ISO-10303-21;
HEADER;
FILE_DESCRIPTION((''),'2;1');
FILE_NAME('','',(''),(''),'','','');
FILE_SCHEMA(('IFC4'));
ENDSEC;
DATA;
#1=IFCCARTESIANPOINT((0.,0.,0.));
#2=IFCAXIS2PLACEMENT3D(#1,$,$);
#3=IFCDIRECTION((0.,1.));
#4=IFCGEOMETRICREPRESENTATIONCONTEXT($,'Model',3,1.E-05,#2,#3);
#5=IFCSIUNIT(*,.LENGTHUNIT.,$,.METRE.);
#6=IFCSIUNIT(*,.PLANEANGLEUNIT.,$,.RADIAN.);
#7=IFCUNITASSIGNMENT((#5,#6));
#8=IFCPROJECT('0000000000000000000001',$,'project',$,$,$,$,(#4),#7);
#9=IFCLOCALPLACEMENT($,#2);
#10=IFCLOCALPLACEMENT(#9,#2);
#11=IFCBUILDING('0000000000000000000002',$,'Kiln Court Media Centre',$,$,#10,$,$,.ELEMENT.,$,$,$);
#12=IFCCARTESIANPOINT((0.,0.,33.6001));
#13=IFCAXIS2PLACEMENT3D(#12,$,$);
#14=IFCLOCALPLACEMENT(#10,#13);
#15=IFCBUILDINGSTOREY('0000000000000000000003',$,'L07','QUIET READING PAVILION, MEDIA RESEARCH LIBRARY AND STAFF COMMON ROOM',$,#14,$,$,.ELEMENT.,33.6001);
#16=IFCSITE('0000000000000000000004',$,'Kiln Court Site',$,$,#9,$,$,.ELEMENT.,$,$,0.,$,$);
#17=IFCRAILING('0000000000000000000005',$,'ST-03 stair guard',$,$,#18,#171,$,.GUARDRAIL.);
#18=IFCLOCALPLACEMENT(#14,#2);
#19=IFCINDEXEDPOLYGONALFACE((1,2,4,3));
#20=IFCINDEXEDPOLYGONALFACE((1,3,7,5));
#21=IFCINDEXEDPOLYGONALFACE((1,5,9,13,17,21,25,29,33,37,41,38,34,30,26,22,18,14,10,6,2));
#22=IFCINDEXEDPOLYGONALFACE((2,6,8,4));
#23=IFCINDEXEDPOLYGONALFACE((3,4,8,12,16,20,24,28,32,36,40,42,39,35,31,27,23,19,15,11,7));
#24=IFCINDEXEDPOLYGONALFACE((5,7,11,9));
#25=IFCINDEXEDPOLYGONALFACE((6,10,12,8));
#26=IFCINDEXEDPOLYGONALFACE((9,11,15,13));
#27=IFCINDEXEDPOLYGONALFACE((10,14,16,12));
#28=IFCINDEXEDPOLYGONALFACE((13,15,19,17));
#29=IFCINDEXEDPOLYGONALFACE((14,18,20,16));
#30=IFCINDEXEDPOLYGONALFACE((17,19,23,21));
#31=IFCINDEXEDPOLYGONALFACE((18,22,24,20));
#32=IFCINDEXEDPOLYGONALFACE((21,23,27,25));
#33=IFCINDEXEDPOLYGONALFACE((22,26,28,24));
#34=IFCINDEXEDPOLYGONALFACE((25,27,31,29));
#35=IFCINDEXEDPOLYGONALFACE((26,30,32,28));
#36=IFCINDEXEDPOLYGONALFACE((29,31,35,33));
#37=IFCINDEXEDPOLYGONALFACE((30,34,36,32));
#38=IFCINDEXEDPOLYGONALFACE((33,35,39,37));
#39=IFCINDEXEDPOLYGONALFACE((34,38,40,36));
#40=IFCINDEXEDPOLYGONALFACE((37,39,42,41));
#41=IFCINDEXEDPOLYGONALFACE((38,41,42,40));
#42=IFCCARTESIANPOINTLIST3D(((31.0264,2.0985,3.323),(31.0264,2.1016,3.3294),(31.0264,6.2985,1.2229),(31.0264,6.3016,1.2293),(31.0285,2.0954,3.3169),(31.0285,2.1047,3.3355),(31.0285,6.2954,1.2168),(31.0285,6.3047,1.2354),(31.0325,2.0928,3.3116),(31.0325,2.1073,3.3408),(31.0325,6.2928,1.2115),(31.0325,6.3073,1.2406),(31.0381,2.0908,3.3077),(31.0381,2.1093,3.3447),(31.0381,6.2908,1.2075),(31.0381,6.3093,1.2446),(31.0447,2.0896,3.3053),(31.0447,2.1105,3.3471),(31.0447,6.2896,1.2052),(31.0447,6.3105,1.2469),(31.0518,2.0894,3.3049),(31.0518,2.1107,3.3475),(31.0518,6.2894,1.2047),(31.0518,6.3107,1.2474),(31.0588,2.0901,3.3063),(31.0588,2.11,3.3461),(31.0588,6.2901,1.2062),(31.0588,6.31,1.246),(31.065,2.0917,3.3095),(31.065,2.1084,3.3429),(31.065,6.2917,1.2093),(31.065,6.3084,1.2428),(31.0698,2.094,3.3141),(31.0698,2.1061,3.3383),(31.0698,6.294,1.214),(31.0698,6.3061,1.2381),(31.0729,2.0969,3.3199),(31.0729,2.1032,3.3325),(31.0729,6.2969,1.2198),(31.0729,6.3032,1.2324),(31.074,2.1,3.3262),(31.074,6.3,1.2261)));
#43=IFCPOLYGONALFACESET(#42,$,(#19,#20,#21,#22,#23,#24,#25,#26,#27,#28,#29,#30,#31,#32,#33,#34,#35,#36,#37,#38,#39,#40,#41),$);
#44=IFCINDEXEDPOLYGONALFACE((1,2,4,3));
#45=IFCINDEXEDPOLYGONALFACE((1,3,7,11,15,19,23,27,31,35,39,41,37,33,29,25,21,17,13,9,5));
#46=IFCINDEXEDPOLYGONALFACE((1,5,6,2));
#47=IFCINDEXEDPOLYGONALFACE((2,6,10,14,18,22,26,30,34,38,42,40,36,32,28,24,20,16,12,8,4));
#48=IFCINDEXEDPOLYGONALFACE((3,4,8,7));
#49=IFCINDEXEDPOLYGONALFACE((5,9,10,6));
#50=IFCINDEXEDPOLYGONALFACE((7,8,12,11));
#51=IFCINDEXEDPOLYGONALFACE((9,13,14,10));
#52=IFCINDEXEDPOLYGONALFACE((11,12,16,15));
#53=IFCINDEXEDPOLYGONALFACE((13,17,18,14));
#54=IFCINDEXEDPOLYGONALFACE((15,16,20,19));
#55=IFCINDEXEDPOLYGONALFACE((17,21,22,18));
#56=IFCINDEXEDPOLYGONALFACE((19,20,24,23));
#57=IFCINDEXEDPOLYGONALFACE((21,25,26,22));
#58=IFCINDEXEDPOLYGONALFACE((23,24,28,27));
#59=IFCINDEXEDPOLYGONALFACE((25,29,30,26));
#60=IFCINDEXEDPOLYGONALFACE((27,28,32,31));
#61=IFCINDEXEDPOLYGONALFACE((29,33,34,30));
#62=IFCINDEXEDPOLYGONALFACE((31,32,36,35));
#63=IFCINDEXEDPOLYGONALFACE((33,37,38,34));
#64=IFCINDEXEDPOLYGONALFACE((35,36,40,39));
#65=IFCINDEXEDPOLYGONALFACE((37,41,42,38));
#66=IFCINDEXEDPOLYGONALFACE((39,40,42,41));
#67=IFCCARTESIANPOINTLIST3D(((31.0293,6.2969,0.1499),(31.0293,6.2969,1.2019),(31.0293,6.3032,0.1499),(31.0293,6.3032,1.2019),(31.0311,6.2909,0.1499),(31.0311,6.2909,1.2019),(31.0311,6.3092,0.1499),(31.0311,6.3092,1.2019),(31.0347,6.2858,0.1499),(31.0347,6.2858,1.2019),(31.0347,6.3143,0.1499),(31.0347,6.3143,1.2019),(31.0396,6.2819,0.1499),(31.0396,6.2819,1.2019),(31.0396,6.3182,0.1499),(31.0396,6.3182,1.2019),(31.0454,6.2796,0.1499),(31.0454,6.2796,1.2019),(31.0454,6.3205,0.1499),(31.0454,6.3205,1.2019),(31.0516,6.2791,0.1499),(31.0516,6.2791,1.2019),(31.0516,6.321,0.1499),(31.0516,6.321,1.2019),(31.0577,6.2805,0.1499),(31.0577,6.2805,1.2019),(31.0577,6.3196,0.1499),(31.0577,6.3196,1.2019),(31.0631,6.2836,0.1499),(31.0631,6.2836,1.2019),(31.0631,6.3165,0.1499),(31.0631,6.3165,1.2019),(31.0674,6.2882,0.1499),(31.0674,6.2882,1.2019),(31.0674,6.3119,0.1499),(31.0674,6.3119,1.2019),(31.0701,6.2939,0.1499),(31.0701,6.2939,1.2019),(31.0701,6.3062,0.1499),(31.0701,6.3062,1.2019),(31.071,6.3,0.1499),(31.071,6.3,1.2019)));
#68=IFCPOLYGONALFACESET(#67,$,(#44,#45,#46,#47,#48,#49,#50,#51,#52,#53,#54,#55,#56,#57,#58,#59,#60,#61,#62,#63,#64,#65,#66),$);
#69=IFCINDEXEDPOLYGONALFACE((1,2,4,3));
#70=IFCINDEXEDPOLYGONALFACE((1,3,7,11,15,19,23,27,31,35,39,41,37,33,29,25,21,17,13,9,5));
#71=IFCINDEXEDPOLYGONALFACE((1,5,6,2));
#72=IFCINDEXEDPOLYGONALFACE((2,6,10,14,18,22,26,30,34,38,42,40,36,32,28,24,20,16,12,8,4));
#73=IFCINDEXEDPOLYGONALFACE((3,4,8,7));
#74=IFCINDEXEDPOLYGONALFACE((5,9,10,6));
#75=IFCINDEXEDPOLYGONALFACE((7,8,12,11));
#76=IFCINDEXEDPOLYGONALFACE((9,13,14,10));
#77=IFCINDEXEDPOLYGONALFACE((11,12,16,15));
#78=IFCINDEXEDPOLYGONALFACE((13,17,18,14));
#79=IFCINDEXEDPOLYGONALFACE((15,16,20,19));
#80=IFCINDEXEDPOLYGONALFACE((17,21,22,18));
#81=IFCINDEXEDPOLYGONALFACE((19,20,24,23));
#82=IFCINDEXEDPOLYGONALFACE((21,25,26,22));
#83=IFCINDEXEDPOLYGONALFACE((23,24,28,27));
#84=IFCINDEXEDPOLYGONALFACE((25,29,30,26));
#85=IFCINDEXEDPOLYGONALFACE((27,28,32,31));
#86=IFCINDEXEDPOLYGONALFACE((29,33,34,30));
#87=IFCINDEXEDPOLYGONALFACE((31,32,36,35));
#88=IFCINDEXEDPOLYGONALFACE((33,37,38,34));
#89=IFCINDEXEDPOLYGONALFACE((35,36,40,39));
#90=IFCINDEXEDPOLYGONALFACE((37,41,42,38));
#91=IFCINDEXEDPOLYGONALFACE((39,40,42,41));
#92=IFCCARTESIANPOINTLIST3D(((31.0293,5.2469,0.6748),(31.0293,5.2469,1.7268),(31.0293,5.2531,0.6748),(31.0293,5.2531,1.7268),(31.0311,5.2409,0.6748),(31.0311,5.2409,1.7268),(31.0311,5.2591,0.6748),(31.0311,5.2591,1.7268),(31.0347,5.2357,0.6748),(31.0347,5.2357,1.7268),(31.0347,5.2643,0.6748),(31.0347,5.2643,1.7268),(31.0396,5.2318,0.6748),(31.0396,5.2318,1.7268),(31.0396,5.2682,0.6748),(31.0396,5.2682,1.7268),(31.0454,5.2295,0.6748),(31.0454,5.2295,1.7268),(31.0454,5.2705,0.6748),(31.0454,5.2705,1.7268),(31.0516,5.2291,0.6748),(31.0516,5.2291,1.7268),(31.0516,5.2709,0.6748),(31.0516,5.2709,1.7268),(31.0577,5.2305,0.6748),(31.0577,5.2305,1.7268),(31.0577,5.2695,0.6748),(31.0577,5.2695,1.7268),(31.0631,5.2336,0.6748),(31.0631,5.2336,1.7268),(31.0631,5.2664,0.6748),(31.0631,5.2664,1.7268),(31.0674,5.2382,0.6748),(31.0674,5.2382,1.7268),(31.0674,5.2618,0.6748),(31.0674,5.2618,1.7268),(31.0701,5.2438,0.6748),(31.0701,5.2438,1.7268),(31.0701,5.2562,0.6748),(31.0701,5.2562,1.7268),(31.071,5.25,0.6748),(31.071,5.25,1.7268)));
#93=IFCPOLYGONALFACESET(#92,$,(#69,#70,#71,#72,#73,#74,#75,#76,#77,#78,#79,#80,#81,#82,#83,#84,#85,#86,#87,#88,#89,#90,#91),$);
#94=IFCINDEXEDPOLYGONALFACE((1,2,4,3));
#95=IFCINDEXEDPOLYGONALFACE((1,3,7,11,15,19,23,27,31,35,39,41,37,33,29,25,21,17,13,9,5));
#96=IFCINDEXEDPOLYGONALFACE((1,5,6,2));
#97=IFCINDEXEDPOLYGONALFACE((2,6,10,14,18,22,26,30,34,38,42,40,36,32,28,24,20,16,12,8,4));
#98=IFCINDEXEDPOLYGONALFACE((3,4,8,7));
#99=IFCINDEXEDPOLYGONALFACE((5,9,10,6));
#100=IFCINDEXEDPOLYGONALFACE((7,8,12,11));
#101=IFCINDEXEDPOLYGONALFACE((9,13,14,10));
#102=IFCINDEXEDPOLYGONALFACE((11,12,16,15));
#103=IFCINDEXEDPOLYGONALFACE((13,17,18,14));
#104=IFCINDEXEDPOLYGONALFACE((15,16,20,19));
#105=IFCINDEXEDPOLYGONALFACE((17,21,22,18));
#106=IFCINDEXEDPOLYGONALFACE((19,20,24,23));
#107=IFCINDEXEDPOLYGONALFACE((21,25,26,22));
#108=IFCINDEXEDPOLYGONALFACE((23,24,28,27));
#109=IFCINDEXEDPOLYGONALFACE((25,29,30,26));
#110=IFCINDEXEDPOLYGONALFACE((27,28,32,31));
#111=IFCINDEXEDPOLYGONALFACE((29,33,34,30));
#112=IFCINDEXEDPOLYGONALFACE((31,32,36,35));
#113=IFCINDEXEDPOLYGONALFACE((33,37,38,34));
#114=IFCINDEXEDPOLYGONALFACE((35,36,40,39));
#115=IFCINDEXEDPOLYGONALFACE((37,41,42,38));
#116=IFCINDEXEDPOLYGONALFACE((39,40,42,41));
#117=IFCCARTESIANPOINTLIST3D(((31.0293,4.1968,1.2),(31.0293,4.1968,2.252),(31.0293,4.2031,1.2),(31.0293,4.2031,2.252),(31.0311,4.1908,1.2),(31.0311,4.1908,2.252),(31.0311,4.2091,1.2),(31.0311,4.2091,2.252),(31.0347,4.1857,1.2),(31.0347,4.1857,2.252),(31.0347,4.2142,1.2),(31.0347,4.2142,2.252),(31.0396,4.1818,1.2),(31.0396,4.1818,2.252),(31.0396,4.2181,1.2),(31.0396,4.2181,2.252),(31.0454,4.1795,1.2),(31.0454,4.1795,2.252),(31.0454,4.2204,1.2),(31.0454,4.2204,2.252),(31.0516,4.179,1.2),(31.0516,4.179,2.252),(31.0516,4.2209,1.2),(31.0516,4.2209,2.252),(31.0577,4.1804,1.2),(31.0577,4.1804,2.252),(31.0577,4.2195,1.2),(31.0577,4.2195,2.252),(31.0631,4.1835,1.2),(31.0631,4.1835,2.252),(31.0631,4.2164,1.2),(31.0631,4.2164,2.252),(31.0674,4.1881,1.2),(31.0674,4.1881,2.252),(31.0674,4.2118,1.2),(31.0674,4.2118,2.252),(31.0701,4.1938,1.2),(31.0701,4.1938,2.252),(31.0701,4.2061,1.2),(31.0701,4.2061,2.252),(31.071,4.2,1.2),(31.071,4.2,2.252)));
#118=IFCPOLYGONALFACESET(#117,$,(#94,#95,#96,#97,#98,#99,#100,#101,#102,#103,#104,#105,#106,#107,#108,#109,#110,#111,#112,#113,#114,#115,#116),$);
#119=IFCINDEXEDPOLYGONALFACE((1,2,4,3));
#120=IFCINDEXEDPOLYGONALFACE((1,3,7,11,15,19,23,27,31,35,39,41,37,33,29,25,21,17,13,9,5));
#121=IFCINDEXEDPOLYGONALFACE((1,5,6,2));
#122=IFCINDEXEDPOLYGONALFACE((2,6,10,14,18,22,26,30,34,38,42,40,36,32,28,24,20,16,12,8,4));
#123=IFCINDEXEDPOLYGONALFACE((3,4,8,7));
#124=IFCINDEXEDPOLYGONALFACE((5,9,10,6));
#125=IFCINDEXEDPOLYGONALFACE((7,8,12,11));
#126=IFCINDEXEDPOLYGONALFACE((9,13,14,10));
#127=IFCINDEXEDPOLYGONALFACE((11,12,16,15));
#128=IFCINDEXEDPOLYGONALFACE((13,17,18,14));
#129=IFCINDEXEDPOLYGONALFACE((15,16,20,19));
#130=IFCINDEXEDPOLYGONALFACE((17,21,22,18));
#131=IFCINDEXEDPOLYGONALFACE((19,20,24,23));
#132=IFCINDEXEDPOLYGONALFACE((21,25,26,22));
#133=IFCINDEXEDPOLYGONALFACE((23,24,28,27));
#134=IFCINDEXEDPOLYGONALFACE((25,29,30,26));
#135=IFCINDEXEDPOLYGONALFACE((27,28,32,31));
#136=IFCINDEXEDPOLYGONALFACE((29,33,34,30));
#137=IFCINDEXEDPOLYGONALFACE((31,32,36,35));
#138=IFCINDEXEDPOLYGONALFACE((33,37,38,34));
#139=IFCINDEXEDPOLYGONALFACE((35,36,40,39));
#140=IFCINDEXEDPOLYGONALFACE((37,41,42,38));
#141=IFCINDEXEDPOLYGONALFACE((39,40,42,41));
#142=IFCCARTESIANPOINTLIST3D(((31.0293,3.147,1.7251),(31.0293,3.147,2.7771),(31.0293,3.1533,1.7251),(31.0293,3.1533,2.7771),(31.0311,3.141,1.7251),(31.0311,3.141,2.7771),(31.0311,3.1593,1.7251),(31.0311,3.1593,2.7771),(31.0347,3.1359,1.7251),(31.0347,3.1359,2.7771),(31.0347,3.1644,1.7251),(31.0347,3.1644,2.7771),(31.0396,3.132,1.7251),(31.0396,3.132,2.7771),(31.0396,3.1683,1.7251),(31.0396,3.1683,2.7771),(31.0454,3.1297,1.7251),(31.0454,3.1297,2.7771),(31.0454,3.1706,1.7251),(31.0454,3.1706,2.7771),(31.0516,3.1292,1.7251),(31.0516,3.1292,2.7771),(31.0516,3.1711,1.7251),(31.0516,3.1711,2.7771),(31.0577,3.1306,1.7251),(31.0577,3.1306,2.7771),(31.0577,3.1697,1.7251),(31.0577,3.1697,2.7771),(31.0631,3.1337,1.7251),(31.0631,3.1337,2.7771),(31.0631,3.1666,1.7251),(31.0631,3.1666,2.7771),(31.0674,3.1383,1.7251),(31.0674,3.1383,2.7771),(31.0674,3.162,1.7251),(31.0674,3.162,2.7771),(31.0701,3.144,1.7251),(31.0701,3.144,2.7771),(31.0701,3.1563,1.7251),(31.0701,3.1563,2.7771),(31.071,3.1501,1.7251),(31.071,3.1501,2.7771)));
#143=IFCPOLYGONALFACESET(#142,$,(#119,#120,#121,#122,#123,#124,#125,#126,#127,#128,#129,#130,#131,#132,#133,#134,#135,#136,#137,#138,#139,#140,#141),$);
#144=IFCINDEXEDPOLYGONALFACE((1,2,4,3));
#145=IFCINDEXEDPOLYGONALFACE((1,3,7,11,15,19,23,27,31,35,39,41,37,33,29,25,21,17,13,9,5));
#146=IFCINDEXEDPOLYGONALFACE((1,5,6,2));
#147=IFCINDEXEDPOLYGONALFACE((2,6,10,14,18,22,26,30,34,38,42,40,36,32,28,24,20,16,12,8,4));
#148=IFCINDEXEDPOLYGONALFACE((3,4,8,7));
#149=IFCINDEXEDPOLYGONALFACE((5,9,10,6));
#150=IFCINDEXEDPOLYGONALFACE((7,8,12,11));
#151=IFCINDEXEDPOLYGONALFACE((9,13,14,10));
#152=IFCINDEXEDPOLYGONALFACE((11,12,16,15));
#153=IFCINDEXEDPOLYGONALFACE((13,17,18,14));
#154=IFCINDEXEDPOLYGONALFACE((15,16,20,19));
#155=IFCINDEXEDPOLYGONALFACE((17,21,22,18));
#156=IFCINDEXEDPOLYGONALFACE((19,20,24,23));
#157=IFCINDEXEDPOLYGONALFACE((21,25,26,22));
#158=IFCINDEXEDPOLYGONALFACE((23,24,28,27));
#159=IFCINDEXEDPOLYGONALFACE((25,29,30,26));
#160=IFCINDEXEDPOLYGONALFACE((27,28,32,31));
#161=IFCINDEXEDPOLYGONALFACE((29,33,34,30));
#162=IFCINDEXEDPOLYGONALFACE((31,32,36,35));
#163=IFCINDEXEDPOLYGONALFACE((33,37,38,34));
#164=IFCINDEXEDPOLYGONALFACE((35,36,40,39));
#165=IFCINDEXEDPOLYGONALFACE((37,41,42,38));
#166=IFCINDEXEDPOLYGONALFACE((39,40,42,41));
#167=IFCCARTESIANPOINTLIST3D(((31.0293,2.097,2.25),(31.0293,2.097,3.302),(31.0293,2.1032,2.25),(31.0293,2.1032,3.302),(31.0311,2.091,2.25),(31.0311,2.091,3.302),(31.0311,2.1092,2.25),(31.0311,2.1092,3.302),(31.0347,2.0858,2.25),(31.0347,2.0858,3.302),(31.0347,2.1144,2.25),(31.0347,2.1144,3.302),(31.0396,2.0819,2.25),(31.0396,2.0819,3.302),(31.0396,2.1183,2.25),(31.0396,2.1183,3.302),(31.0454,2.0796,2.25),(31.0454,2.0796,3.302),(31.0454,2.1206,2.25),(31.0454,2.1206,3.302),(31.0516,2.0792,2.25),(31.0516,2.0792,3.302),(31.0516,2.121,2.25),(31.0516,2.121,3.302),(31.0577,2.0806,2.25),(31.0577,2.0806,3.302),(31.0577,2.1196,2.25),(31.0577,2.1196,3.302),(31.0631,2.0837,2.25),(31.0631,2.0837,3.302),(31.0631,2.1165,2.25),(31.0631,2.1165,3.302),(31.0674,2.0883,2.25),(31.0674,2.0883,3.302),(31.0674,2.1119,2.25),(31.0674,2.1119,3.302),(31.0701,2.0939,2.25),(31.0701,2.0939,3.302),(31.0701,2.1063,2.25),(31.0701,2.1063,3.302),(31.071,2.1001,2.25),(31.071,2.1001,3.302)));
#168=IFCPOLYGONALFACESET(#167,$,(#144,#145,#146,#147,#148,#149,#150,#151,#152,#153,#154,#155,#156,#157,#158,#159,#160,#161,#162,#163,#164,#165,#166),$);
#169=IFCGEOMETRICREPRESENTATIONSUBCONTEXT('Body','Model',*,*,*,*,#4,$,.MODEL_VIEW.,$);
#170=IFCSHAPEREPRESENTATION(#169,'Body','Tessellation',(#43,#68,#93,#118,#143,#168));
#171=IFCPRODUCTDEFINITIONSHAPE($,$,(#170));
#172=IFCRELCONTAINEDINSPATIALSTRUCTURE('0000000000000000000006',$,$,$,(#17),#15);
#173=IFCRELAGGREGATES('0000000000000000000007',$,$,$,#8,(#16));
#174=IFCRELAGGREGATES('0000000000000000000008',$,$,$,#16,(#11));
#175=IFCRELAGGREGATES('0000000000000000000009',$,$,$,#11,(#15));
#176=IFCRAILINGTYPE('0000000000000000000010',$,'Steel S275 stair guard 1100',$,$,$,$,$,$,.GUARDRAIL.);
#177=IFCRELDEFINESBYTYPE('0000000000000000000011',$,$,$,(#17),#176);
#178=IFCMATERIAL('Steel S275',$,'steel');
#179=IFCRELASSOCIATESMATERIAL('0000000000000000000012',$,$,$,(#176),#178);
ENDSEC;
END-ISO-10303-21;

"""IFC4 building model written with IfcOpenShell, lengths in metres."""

from ifc_helpers import new_model, si_unit, direction, frame, origin, origin_2d, place, context, subcontext, project, spatial, circle, extrude, material, type_object, element, save


model = new_model("IFC4")

# Units and contexts
model_context = context("Model", 3, precision=1e-05, world=origin(), true_north=direction((0.0, 1.0)))
body_context = subcontext(model_context, "Body", "Model", "MODEL_VIEW")
ifc_project = project(units=[si_unit("LENGTHUNIT", "METRE"), si_unit("PLANEANGLEUNIT", "RADIAN")], contexts=[model_context])

# Site, building, storey
site_placement = place(None, origin())
site = spatial("IfcSite", under=ifc_project, at=site_placement, Name="Kiln Court Site", CompositionType="ELEMENT", RefElevation=0.0)
building_placement = place(site_placement, origin())
building = spatial("IfcBuilding", under=site, at=building_placement, Name="Kiln Court Media Centre", CompositionType="ELEMENT")
storey_placement = place(building_placement, frame((0.0, 0.0, 33.6001)))
storey = spatial("IfcBuildingStorey", under=building, at=storey_placement, Name="L07", Description="QUIET READING PAVILION, MEDIA RESEARCH LIBRARY AND STAFF COMMON ROOM", CompositionType="ELEMENT", Elevation=33.6001)

# Railing
ifc_material_1 = material(Name="Steel S275", Category="steel")
railing_type_1 = type_object("IfcRailingType", Name="Steel S275 stair guard 1100", PredefinedType="GUARDRAIL", material=ifc_material_1)
railing_1_placement = place(storey_placement, frame((31.05, 6.3, 0.1499)))
element("IfcRailing", 1, at=railing_1_placement, inside=storey, type_object=railing_type_1, Name="ST-03 stair guard", PredefinedType="GUARDRAIL", context=body_context, shape_type="SweptSolid", body=[
    extrude(circle(Radius=0.0239, at=origin_2d()), frame((0.0, 0.0, 1.0762), z_axis=(0.0, -0.894417, 0.447234), x_axis=(1.0, 0.0, 0.0)), (0.0, 0.0, 1.0), 4.6958),
    extrude(circle(Radius=0.021, at=origin_2d()), origin(), (0.0, 0.0, 1.0), 1.052),
    extrude(circle(Radius=0.021, at=origin_2d()), frame((0.0, -1.05, 0.5249)), (0.0, 0.0, 1.0), 1.052),
    extrude(circle(Radius=0.021, at=origin_2d()), frame((0.0, -2.1001, 1.05)), (0.0, 0.0, 1.0), 1.052),
    extrude(circle(Radius=0.021, at=origin_2d()), frame((0.0, -3.1499, 1.5752)), (0.0, 0.0, 1.0), 1.052),
    extrude(circle(Radius=0.021, at=origin_2d()), frame((0.0, -4.2, 2.1001)), (0.0, 0.0, 1.0), 1.052),
])

save(model, "model.ifc")
